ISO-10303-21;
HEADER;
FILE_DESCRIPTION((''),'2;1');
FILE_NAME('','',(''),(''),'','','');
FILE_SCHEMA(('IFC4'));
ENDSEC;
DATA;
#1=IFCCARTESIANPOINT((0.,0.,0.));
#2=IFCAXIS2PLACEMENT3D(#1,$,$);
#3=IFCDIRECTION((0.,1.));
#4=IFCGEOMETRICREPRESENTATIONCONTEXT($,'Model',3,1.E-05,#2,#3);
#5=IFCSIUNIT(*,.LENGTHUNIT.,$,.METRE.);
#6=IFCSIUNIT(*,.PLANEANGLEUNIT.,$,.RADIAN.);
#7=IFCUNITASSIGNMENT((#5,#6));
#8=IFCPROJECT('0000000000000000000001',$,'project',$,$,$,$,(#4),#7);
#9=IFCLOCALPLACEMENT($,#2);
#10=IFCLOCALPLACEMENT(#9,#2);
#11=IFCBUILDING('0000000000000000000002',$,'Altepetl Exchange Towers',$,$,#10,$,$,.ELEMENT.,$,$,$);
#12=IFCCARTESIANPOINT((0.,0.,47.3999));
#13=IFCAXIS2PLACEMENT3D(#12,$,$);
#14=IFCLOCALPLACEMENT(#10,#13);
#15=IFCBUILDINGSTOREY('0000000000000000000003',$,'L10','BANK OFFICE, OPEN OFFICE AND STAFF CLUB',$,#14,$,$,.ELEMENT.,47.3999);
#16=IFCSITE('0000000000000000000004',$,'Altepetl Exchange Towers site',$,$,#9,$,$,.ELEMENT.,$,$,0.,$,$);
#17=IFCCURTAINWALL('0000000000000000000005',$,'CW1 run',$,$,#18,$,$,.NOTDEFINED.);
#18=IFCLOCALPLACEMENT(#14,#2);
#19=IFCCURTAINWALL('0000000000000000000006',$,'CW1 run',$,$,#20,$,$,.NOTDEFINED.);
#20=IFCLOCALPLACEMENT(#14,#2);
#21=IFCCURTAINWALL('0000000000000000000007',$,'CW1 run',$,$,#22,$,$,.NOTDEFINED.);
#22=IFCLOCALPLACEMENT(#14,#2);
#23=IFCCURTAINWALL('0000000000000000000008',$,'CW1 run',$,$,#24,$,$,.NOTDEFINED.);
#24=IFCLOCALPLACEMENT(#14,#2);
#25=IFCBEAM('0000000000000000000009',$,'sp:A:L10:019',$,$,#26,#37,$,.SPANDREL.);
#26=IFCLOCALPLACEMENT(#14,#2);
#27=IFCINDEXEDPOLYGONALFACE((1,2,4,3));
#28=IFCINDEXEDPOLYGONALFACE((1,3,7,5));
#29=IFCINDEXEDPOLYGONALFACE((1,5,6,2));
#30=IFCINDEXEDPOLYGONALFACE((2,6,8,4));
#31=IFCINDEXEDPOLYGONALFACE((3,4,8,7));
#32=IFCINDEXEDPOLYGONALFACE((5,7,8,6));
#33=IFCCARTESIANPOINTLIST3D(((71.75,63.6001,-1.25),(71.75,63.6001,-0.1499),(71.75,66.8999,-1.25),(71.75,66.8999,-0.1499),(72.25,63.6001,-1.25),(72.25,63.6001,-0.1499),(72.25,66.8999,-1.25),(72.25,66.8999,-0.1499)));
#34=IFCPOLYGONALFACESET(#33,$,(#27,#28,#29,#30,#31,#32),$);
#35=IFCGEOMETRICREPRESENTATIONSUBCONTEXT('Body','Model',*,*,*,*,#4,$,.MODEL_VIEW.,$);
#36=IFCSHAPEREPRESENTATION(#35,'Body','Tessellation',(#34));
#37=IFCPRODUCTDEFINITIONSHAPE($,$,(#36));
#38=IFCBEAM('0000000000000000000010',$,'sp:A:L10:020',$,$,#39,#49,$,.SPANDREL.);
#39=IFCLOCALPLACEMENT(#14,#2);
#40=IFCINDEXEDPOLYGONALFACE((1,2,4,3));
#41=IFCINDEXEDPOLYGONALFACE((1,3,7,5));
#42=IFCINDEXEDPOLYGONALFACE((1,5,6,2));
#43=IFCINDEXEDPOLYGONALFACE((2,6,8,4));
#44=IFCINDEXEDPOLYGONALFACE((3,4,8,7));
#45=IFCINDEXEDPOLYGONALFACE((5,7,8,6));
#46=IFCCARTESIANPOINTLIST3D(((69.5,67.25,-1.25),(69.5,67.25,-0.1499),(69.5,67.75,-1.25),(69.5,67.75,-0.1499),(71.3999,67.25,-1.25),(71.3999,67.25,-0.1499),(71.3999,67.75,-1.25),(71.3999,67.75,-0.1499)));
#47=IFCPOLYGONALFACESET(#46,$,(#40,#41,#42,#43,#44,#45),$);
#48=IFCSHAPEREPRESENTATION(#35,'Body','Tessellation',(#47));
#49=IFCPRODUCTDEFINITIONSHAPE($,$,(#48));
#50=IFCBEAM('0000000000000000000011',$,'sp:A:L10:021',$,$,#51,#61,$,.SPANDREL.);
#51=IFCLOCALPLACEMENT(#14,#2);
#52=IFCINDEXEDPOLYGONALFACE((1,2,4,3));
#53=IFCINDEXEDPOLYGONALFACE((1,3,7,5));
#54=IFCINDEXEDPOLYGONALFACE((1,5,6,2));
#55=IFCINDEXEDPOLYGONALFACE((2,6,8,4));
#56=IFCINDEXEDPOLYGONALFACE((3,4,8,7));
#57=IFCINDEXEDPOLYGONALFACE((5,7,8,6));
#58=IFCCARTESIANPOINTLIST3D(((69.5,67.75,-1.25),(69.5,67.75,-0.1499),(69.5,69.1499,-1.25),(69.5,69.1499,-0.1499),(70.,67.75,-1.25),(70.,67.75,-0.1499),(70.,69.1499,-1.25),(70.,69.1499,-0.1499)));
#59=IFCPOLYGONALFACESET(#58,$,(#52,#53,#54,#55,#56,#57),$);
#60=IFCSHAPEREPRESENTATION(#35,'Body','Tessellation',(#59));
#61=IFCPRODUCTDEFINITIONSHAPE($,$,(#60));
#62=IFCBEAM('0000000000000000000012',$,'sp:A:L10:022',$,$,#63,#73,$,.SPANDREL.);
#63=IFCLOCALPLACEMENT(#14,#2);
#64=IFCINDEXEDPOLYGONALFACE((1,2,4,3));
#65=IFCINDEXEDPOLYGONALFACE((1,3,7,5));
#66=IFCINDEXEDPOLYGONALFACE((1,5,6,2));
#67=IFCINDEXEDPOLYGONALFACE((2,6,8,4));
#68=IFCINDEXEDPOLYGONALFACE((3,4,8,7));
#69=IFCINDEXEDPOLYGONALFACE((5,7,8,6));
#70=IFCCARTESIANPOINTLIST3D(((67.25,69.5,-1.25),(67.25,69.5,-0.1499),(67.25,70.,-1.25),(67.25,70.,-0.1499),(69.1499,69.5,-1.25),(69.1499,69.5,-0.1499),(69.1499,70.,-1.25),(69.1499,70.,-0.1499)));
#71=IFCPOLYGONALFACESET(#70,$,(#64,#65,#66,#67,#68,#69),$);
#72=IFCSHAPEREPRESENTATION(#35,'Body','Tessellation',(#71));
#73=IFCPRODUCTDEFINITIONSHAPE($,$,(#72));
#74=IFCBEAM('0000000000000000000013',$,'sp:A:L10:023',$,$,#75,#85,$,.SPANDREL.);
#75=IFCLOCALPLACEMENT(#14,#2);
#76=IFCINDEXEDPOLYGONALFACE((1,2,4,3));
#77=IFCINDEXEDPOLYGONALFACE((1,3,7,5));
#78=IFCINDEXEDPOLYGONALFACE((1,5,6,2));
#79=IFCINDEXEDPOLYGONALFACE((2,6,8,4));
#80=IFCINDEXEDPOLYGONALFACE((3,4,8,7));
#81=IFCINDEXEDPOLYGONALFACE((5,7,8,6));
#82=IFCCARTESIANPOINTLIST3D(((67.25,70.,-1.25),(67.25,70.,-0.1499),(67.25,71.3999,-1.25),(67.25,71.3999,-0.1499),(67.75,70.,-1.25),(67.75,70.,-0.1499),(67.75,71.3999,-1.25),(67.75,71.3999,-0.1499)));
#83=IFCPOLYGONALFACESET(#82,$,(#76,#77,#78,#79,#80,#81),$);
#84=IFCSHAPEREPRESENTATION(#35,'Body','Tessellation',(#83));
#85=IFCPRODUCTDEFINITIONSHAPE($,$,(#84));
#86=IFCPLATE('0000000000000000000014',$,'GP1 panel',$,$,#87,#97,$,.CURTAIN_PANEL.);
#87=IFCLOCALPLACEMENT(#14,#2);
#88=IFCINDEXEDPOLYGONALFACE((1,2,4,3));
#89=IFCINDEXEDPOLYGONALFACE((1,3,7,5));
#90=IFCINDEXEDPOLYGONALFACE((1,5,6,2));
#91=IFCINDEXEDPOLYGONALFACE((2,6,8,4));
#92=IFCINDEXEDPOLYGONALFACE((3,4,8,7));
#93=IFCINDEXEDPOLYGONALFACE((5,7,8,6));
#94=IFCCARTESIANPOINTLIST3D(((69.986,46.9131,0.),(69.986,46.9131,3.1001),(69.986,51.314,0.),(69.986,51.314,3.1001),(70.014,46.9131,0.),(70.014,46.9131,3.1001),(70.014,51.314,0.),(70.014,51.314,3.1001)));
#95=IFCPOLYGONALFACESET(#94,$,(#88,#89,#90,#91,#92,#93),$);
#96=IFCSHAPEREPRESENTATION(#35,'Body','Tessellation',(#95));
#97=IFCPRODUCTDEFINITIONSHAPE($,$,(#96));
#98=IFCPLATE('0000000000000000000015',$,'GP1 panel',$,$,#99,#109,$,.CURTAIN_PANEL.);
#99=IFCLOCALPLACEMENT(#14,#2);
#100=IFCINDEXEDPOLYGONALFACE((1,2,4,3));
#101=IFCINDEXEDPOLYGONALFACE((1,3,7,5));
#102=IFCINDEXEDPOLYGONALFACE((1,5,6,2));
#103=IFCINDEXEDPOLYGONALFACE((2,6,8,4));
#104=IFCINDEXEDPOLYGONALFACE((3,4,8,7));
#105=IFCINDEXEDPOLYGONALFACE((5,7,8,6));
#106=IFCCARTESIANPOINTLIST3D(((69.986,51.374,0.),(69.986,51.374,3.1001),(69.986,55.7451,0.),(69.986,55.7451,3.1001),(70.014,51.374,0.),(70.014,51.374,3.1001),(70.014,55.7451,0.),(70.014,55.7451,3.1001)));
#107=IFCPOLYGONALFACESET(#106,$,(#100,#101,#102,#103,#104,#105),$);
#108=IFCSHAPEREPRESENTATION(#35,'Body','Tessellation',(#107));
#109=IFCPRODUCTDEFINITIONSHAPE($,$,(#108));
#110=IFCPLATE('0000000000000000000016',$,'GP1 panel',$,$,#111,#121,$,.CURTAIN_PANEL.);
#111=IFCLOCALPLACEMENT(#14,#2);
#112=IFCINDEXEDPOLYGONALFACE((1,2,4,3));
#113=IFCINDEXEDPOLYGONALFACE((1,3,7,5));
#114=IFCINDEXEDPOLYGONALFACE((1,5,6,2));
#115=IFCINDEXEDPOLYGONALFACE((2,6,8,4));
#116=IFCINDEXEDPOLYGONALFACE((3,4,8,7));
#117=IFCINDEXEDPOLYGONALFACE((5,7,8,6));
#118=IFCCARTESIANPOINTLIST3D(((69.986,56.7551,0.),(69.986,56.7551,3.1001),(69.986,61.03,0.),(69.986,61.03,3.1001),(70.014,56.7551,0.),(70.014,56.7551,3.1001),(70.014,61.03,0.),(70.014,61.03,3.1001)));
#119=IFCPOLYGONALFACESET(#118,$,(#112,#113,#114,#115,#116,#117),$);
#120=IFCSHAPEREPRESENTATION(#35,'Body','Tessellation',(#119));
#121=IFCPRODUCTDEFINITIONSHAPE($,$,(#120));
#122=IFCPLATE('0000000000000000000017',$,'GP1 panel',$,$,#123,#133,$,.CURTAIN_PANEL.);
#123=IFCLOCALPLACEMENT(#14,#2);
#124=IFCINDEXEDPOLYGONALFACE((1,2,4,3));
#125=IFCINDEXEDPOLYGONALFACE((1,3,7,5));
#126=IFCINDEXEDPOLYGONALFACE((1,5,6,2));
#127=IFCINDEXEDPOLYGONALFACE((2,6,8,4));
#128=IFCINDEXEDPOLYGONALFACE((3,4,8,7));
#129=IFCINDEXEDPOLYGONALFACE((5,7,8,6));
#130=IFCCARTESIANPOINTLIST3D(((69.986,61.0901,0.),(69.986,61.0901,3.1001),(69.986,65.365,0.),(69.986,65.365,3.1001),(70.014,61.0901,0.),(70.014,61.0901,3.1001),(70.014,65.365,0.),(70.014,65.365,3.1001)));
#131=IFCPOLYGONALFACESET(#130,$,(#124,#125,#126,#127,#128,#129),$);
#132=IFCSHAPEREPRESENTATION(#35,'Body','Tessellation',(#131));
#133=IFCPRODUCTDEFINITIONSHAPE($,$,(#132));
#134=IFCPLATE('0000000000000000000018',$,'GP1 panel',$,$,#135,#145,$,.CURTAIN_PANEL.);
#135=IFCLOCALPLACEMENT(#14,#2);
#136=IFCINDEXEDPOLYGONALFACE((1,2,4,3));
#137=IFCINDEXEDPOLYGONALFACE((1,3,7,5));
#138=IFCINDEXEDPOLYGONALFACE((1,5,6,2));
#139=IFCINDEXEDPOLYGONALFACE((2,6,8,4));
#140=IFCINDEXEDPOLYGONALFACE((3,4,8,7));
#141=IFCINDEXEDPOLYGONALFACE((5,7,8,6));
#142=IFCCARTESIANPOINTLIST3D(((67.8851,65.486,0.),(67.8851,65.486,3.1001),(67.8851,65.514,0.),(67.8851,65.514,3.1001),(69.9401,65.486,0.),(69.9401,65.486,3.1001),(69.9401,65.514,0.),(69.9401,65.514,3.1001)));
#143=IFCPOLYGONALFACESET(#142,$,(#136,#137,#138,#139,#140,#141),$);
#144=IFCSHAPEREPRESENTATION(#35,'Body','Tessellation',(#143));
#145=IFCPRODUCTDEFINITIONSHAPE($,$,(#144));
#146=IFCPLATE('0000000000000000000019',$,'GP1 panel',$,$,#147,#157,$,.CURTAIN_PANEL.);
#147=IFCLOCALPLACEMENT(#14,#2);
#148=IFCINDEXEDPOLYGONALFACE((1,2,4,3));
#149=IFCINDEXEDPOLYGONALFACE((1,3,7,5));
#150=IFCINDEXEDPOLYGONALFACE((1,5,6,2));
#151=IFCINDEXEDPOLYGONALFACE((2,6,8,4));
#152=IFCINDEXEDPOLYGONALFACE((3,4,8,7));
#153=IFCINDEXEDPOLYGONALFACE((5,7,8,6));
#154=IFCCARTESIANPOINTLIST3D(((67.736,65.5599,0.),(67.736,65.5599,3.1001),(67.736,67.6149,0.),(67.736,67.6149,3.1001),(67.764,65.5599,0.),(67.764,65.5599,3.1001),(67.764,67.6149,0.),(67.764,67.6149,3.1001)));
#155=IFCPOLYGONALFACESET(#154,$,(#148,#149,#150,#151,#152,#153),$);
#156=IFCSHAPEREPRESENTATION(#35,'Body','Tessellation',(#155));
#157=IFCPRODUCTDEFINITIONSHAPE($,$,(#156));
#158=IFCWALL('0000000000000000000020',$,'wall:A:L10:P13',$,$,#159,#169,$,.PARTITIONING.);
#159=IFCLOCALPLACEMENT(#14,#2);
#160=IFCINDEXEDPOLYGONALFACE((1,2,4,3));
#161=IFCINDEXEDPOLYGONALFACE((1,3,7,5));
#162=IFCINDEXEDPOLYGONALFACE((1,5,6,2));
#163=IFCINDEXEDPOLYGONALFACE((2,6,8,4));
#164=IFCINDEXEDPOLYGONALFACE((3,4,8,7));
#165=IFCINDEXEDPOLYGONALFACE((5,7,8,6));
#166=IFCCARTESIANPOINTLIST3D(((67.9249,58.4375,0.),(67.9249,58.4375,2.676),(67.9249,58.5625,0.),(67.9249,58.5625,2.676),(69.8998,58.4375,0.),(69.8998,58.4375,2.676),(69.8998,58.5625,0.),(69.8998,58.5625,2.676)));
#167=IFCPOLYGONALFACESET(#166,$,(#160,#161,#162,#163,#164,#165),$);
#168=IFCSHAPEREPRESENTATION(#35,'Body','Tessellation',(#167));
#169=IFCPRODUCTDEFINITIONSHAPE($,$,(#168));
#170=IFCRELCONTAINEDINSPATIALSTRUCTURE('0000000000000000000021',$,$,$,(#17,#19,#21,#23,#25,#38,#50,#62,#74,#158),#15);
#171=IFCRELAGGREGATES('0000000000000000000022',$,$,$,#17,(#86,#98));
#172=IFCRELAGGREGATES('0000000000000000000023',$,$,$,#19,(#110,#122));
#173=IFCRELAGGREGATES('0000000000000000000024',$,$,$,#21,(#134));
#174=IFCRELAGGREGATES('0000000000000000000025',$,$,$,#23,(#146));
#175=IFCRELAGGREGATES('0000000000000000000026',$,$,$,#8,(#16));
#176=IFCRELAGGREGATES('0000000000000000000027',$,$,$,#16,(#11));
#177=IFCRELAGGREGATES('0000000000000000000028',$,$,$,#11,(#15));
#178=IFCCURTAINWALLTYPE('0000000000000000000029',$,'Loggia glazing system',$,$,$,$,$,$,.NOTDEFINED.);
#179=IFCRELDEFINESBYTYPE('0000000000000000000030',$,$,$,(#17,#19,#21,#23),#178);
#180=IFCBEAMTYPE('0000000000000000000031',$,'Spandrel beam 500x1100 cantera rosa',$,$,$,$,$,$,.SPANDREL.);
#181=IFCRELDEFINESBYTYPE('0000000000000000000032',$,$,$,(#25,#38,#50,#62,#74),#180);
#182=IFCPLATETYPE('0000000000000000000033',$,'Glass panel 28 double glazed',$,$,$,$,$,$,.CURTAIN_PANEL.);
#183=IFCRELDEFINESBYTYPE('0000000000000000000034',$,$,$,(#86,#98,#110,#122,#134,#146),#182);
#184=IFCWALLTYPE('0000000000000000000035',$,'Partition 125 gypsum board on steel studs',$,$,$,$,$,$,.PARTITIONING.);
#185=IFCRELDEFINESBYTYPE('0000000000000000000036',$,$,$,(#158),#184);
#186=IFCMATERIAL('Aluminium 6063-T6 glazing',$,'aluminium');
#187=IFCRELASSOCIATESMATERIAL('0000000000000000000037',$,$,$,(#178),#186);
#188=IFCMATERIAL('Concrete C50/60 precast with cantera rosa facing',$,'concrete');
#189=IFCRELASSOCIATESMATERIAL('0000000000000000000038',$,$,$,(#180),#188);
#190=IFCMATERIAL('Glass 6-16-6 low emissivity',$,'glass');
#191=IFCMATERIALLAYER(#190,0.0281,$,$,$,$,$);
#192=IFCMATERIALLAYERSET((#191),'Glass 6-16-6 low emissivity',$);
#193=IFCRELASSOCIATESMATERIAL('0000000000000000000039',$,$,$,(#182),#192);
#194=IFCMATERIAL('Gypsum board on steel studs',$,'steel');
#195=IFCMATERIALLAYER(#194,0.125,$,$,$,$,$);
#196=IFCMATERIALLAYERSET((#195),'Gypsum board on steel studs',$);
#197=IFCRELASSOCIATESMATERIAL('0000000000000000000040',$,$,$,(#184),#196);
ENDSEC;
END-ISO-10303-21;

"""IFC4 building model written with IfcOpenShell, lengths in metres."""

from ifc_helpers import new_model, si_unit, direction, frame, frame_2d, origin, origin_2d, place, context, subcontext, project, spatial, rectangle, extrude, material, layer, layer_set, material_profile, profile_set, type_object, element, aggregate, save


model = new_model("IFC4")

# Units and contexts
model_context = context("Model", 3, precision=1e-05, world=origin(), true_north=direction((0.0, 1.0)))
body_context = subcontext(model_context, "Body", "Model", "MODEL_VIEW")
ifc_project = project(units=[si_unit("LENGTHUNIT", "METRE"), si_unit("PLANEANGLEUNIT", "RADIAN")], contexts=[model_context])

# Site, building, storey
site_placement = place(None, origin())
site = spatial("IfcSite", under=ifc_project, at=site_placement, Name="Altepetl Exchange Towers site", CompositionType="ELEMENT", RefElevation=0.0)
building_placement = place(site_placement, origin())
building = spatial("IfcBuilding", under=site, at=building_placement, Name="Altepetl Exchange Towers", CompositionType="ELEMENT")
storey_placement = place(building_placement, frame((0.0, 0.0, 47.3999)))
storey = spatial("IfcBuildingStorey", under=building, at=storey_placement, Name="L10", Description="BANK OFFICE, OPEN OFFICE AND STAFF CLUB", CompositionType="ELEMENT", Elevation=47.3999)

# Curtain walls
ifc_material_1 = material(Name="Aluminium 6063-T6 glazing", Category="aluminium")
curtain_wall_type = type_object("IfcCurtainWallType", Name="Loggia glazing system", PredefinedType="NOTDEFINED", material=ifc_material_1)
curtain_wall_1_placement = place(storey_placement, origin())
curtain_wall_1 = element("IfcCurtainWall", 1, at=curtain_wall_1_placement, inside=storey, type_object=curtain_wall_type, Name="CW1 run", PredefinedType="NOTDEFINED")
curtain_wall_2_placement = place(storey_placement, origin())
curtain_wall_2 = element("IfcCurtainWall", 2, at=curtain_wall_2_placement, inside=storey, type_object=curtain_wall_type, Name="CW1 run", PredefinedType="NOTDEFINED")
curtain_wall_3_placement = place(storey_placement, origin())
curtain_wall_3 = element("IfcCurtainWall", 3, at=curtain_wall_3_placement, inside=storey, type_object=curtain_wall_type, Name="CW1 run", PredefinedType="NOTDEFINED")
curtain_wall_4_placement = place(storey_placement, origin())
curtain_wall_4 = element("IfcCurtainWall", 4, at=curtain_wall_4_placement, inside=storey, type_object=curtain_wall_type, Name="CW1 run", PredefinedType="NOTDEFINED")

# Beams
ifc_material_2 = material(Name="Concrete C50/60 precast with cantera rosa facing", Category="concrete")
ifc_material_profile_1 = material_profile(ifc_material_2, rectangle(XDim=0.5, YDim=1.1001, at=origin_2d()), Name="500 x 1100")
ifc_profile_set_1 = profile_set([ifc_material_profile_1], Name="Concrete C50/60 precast with cantera rosa facing")
beam_type_1 = type_object("IfcBeamType", Name="Spandrel beam 500x1100 cantera rosa", PredefinedType="SPANDREL", material=ifc_profile_set_1)
for number, where, z_axis, x_axis, name in (
    (5, (72.0, 63.6001, -0.7), (0.0, 1.0, 0.0), (-1.0, 0.0, 0.0), "sp:A:L10:019"),
):
    element("IfcBeam", number, at=place(storey_placement, frame(where, z_axis=z_axis, x_axis=x_axis)), inside=storey, type_object=beam_type_1, Name=name, PredefinedType="SPANDREL", context=body_context, shape_type="SweptSolid", body=[
        extrude(rectangle(XDim=0.5, YDim=1.1001, at=origin_2d()), origin(), (0.0, 0.0, 1.0), 3.2998),
    ])
beam_1_placement = place(storey_placement, frame((71.3999, 67.5, -0.7), z_axis=(-1.0, 0.0, 0.0), x_axis=(0.0, -1.0, 0.0)))
element("IfcBeam", 6, at=beam_1_placement, inside=storey, type_object=beam_type_1, Name="sp:A:L10:020", PredefinedType="SPANDREL", context=body_context, shape_type="SweptSolid", body=[
    extrude(rectangle(XDim=0.5, YDim=1.1001, at=origin_2d()), origin(), (0.0, 0.0, 1.0), 1.8999),
])
beam_2_placement = place(storey_placement, frame((69.75, 67.75, -0.7), z_axis=(0.0, 1.0, 0.0), x_axis=(-1.0, 0.0, 0.0)))
element("IfcBeam", 7, at=beam_2_placement, inside=storey, type_object=beam_type_1, Name="sp:A:L10:021", PredefinedType="SPANDREL", context=body_context, shape_type="SweptSolid", body=[
    extrude(rectangle(XDim=0.5, YDim=1.1001, at=origin_2d()), origin(), (0.0, 0.0, 1.0), 1.3999),
])
beam_3_placement = place(storey_placement, frame((69.1499, 69.75, -0.7), z_axis=(-1.0, 0.0, 0.0), x_axis=(0.0, -1.0, 0.0)))
element("IfcBeam", 8, at=beam_3_placement, inside=storey, type_object=beam_type_1, Name="sp:A:L10:022", PredefinedType="SPANDREL", context=body_context, shape_type="SweptSolid", body=[
    extrude(rectangle(XDim=0.5, YDim=1.1001, at=origin_2d()), origin(), (0.0, 0.0, 1.0), 1.8999),
])
beam_4_placement = place(storey_placement, frame((67.5, 70.0, -0.7), z_axis=(0.0, 1.0, 0.0), x_axis=(-1.0, 0.0, 0.0)))
element("IfcBeam", 9, at=beam_4_placement, inside=storey, type_object=beam_type_1, Name="sp:A:L10:023", PredefinedType="SPANDREL", context=body_context, shape_type="SweptSolid", body=[
    extrude(rectangle(XDim=0.5, YDim=1.1001, at=origin_2d()), origin(), (0.0, 0.0, 1.0), 1.3999),
])

# Plates
ifc_material_3 = material(Name="Glass 6-16-6 low emissivity", Category="glass")
ifc_layer_1 = layer(ifc_material_3, 0.0281)
ifc_layer_set_1 = layer_set([ifc_layer_1], Name="Glass 6-16-6 low emissivity")
plate_type = type_object("IfcPlateType", Name="Glass panel 28 double glazed", PredefinedType="CURTAIN_PANEL", material=ifc_layer_set_1)
plate_1_placement = place(storey_placement, frame((70.0, 49.1135, 0.0), z_axis=(0.0, 0.0, 1.0), x_axis=(0.0, 1.0, 0.0)))
plate_1 = element("IfcPlate", 10, at=plate_1_placement, type_object=plate_type, Name="GP1 panel", PredefinedType="CURTAIN_PANEL", context=body_context, shape_type="SweptSolid", body=[
    extrude(rectangle(XDim=4.4009, YDim=0.0281, at=origin_2d()), origin(), (0.0, 0.0, 1.0), 3.1001),
])
plate_2_placement = place(storey_placement, frame((70.0, 53.5596, 0.0), z_axis=(0.0, 0.0, 1.0), x_axis=(0.0, 1.0, 0.0)))
plate_2 = element("IfcPlate", 11, at=plate_2_placement, type_object=plate_type, Name="GP1 panel", PredefinedType="CURTAIN_PANEL", context=body_context, shape_type="SweptSolid", body=[
    extrude(rectangle(XDim=4.3711, YDim=0.0281, at=origin_2d()), origin(), (0.0, 0.0, 1.0), 3.1001),
])
aggregate(curtain_wall_1, [plate_1, plate_2])
plate_3_placement = place(storey_placement, frame((70.0, 58.8926, 0.0), z_axis=(0.0, 0.0, 1.0), x_axis=(0.0, 1.0, 0.0)))
plate_3 = element("IfcPlate", 12, at=plate_3_placement, type_object=plate_type, Name="GP1 panel", PredefinedType="CURTAIN_PANEL", context=body_context, shape_type="SweptSolid", body=[
    extrude(rectangle(XDim=4.2749, YDim=0.0281, at=origin_2d()), origin(), (0.0, 0.0, 1.0), 3.1001),
])
plate_4_placement = place(storey_placement, frame((70.0, 63.2275, 0.0), z_axis=(0.0, 0.0, 1.0), x_axis=(0.0, 1.0, 0.0)))
plate_4 = element("IfcPlate", 13, at=plate_4_placement, type_object=plate_type, Name="GP1 panel", PredefinedType="CURTAIN_PANEL", context=body_context, shape_type="SweptSolid", body=[
    extrude(rectangle(XDim=4.2749, YDim=0.0281, at=origin_2d()), origin(), (0.0, 0.0, 1.0), 3.1001),
])
aggregate(curtain_wall_2, [plate_3, plate_4])
plate_5_placement = place(storey_placement, frame((68.9126, 65.5, 0.0), z_axis=(0.0, 0.0, 1.0), x_axis=(-1.0, 0.0, 0.0)))
plate_5 = element("IfcPlate", 14, at=plate_5_placement, type_object=plate_type, Name="GP1 panel", PredefinedType="CURTAIN_PANEL", context=body_context, shape_type="SweptSolid", body=[
    extrude(rectangle(XDim=2.0549, YDim=0.0281, at=origin_2d()), origin(), (0.0, 0.0, 1.0), 3.1001),
])
aggregate(curtain_wall_3, [plate_5])
plate_6_placement = place(storey_placement, frame((67.75, 66.5874, 0.0), z_axis=(0.0, 0.0, 1.0), x_axis=(0.0, 1.0, 0.0)))
plate_6 = element("IfcPlate", 15, at=plate_6_placement, type_object=plate_type, Name="GP1 panel", PredefinedType="CURTAIN_PANEL", context=body_context, shape_type="SweptSolid", body=[
    extrude(rectangle(XDim=2.0549, YDim=0.0281, at=origin_2d()), origin(), (0.0, 0.0, 1.0), 3.1001),
])
aggregate(curtain_wall_4, [plate_6])

# Wall
ifc_material_4 = material(Name="Gypsum board on steel studs", Category="steel")
ifc_layer_2 = layer(ifc_material_4, 0.125)
ifc_layer_set_2 = layer_set([ifc_layer_2], Name="Gypsum board on steel studs")
wall_type = type_object("IfcWallType", Name="Partition 125 gypsum board on steel studs", PredefinedType="PARTITIONING", material=ifc_layer_set_2)
wall_placement = place(storey_placement, frame((67.925, 58.5, 0.0)))
element("IfcWall", 16, at=wall_placement, inside=storey, type_object=wall_type, Name="wall:A:L10:P13", PredefinedType="PARTITIONING", context=body_context, shape_type="SweptSolid", body=[
    extrude(rectangle(XDim=1.9749, YDim=0.125, at=frame_2d((0.9873, 0.0))), origin(), (0.0, 0.0, 1.0), 2.676),
])

save(model, "model.ifc")
